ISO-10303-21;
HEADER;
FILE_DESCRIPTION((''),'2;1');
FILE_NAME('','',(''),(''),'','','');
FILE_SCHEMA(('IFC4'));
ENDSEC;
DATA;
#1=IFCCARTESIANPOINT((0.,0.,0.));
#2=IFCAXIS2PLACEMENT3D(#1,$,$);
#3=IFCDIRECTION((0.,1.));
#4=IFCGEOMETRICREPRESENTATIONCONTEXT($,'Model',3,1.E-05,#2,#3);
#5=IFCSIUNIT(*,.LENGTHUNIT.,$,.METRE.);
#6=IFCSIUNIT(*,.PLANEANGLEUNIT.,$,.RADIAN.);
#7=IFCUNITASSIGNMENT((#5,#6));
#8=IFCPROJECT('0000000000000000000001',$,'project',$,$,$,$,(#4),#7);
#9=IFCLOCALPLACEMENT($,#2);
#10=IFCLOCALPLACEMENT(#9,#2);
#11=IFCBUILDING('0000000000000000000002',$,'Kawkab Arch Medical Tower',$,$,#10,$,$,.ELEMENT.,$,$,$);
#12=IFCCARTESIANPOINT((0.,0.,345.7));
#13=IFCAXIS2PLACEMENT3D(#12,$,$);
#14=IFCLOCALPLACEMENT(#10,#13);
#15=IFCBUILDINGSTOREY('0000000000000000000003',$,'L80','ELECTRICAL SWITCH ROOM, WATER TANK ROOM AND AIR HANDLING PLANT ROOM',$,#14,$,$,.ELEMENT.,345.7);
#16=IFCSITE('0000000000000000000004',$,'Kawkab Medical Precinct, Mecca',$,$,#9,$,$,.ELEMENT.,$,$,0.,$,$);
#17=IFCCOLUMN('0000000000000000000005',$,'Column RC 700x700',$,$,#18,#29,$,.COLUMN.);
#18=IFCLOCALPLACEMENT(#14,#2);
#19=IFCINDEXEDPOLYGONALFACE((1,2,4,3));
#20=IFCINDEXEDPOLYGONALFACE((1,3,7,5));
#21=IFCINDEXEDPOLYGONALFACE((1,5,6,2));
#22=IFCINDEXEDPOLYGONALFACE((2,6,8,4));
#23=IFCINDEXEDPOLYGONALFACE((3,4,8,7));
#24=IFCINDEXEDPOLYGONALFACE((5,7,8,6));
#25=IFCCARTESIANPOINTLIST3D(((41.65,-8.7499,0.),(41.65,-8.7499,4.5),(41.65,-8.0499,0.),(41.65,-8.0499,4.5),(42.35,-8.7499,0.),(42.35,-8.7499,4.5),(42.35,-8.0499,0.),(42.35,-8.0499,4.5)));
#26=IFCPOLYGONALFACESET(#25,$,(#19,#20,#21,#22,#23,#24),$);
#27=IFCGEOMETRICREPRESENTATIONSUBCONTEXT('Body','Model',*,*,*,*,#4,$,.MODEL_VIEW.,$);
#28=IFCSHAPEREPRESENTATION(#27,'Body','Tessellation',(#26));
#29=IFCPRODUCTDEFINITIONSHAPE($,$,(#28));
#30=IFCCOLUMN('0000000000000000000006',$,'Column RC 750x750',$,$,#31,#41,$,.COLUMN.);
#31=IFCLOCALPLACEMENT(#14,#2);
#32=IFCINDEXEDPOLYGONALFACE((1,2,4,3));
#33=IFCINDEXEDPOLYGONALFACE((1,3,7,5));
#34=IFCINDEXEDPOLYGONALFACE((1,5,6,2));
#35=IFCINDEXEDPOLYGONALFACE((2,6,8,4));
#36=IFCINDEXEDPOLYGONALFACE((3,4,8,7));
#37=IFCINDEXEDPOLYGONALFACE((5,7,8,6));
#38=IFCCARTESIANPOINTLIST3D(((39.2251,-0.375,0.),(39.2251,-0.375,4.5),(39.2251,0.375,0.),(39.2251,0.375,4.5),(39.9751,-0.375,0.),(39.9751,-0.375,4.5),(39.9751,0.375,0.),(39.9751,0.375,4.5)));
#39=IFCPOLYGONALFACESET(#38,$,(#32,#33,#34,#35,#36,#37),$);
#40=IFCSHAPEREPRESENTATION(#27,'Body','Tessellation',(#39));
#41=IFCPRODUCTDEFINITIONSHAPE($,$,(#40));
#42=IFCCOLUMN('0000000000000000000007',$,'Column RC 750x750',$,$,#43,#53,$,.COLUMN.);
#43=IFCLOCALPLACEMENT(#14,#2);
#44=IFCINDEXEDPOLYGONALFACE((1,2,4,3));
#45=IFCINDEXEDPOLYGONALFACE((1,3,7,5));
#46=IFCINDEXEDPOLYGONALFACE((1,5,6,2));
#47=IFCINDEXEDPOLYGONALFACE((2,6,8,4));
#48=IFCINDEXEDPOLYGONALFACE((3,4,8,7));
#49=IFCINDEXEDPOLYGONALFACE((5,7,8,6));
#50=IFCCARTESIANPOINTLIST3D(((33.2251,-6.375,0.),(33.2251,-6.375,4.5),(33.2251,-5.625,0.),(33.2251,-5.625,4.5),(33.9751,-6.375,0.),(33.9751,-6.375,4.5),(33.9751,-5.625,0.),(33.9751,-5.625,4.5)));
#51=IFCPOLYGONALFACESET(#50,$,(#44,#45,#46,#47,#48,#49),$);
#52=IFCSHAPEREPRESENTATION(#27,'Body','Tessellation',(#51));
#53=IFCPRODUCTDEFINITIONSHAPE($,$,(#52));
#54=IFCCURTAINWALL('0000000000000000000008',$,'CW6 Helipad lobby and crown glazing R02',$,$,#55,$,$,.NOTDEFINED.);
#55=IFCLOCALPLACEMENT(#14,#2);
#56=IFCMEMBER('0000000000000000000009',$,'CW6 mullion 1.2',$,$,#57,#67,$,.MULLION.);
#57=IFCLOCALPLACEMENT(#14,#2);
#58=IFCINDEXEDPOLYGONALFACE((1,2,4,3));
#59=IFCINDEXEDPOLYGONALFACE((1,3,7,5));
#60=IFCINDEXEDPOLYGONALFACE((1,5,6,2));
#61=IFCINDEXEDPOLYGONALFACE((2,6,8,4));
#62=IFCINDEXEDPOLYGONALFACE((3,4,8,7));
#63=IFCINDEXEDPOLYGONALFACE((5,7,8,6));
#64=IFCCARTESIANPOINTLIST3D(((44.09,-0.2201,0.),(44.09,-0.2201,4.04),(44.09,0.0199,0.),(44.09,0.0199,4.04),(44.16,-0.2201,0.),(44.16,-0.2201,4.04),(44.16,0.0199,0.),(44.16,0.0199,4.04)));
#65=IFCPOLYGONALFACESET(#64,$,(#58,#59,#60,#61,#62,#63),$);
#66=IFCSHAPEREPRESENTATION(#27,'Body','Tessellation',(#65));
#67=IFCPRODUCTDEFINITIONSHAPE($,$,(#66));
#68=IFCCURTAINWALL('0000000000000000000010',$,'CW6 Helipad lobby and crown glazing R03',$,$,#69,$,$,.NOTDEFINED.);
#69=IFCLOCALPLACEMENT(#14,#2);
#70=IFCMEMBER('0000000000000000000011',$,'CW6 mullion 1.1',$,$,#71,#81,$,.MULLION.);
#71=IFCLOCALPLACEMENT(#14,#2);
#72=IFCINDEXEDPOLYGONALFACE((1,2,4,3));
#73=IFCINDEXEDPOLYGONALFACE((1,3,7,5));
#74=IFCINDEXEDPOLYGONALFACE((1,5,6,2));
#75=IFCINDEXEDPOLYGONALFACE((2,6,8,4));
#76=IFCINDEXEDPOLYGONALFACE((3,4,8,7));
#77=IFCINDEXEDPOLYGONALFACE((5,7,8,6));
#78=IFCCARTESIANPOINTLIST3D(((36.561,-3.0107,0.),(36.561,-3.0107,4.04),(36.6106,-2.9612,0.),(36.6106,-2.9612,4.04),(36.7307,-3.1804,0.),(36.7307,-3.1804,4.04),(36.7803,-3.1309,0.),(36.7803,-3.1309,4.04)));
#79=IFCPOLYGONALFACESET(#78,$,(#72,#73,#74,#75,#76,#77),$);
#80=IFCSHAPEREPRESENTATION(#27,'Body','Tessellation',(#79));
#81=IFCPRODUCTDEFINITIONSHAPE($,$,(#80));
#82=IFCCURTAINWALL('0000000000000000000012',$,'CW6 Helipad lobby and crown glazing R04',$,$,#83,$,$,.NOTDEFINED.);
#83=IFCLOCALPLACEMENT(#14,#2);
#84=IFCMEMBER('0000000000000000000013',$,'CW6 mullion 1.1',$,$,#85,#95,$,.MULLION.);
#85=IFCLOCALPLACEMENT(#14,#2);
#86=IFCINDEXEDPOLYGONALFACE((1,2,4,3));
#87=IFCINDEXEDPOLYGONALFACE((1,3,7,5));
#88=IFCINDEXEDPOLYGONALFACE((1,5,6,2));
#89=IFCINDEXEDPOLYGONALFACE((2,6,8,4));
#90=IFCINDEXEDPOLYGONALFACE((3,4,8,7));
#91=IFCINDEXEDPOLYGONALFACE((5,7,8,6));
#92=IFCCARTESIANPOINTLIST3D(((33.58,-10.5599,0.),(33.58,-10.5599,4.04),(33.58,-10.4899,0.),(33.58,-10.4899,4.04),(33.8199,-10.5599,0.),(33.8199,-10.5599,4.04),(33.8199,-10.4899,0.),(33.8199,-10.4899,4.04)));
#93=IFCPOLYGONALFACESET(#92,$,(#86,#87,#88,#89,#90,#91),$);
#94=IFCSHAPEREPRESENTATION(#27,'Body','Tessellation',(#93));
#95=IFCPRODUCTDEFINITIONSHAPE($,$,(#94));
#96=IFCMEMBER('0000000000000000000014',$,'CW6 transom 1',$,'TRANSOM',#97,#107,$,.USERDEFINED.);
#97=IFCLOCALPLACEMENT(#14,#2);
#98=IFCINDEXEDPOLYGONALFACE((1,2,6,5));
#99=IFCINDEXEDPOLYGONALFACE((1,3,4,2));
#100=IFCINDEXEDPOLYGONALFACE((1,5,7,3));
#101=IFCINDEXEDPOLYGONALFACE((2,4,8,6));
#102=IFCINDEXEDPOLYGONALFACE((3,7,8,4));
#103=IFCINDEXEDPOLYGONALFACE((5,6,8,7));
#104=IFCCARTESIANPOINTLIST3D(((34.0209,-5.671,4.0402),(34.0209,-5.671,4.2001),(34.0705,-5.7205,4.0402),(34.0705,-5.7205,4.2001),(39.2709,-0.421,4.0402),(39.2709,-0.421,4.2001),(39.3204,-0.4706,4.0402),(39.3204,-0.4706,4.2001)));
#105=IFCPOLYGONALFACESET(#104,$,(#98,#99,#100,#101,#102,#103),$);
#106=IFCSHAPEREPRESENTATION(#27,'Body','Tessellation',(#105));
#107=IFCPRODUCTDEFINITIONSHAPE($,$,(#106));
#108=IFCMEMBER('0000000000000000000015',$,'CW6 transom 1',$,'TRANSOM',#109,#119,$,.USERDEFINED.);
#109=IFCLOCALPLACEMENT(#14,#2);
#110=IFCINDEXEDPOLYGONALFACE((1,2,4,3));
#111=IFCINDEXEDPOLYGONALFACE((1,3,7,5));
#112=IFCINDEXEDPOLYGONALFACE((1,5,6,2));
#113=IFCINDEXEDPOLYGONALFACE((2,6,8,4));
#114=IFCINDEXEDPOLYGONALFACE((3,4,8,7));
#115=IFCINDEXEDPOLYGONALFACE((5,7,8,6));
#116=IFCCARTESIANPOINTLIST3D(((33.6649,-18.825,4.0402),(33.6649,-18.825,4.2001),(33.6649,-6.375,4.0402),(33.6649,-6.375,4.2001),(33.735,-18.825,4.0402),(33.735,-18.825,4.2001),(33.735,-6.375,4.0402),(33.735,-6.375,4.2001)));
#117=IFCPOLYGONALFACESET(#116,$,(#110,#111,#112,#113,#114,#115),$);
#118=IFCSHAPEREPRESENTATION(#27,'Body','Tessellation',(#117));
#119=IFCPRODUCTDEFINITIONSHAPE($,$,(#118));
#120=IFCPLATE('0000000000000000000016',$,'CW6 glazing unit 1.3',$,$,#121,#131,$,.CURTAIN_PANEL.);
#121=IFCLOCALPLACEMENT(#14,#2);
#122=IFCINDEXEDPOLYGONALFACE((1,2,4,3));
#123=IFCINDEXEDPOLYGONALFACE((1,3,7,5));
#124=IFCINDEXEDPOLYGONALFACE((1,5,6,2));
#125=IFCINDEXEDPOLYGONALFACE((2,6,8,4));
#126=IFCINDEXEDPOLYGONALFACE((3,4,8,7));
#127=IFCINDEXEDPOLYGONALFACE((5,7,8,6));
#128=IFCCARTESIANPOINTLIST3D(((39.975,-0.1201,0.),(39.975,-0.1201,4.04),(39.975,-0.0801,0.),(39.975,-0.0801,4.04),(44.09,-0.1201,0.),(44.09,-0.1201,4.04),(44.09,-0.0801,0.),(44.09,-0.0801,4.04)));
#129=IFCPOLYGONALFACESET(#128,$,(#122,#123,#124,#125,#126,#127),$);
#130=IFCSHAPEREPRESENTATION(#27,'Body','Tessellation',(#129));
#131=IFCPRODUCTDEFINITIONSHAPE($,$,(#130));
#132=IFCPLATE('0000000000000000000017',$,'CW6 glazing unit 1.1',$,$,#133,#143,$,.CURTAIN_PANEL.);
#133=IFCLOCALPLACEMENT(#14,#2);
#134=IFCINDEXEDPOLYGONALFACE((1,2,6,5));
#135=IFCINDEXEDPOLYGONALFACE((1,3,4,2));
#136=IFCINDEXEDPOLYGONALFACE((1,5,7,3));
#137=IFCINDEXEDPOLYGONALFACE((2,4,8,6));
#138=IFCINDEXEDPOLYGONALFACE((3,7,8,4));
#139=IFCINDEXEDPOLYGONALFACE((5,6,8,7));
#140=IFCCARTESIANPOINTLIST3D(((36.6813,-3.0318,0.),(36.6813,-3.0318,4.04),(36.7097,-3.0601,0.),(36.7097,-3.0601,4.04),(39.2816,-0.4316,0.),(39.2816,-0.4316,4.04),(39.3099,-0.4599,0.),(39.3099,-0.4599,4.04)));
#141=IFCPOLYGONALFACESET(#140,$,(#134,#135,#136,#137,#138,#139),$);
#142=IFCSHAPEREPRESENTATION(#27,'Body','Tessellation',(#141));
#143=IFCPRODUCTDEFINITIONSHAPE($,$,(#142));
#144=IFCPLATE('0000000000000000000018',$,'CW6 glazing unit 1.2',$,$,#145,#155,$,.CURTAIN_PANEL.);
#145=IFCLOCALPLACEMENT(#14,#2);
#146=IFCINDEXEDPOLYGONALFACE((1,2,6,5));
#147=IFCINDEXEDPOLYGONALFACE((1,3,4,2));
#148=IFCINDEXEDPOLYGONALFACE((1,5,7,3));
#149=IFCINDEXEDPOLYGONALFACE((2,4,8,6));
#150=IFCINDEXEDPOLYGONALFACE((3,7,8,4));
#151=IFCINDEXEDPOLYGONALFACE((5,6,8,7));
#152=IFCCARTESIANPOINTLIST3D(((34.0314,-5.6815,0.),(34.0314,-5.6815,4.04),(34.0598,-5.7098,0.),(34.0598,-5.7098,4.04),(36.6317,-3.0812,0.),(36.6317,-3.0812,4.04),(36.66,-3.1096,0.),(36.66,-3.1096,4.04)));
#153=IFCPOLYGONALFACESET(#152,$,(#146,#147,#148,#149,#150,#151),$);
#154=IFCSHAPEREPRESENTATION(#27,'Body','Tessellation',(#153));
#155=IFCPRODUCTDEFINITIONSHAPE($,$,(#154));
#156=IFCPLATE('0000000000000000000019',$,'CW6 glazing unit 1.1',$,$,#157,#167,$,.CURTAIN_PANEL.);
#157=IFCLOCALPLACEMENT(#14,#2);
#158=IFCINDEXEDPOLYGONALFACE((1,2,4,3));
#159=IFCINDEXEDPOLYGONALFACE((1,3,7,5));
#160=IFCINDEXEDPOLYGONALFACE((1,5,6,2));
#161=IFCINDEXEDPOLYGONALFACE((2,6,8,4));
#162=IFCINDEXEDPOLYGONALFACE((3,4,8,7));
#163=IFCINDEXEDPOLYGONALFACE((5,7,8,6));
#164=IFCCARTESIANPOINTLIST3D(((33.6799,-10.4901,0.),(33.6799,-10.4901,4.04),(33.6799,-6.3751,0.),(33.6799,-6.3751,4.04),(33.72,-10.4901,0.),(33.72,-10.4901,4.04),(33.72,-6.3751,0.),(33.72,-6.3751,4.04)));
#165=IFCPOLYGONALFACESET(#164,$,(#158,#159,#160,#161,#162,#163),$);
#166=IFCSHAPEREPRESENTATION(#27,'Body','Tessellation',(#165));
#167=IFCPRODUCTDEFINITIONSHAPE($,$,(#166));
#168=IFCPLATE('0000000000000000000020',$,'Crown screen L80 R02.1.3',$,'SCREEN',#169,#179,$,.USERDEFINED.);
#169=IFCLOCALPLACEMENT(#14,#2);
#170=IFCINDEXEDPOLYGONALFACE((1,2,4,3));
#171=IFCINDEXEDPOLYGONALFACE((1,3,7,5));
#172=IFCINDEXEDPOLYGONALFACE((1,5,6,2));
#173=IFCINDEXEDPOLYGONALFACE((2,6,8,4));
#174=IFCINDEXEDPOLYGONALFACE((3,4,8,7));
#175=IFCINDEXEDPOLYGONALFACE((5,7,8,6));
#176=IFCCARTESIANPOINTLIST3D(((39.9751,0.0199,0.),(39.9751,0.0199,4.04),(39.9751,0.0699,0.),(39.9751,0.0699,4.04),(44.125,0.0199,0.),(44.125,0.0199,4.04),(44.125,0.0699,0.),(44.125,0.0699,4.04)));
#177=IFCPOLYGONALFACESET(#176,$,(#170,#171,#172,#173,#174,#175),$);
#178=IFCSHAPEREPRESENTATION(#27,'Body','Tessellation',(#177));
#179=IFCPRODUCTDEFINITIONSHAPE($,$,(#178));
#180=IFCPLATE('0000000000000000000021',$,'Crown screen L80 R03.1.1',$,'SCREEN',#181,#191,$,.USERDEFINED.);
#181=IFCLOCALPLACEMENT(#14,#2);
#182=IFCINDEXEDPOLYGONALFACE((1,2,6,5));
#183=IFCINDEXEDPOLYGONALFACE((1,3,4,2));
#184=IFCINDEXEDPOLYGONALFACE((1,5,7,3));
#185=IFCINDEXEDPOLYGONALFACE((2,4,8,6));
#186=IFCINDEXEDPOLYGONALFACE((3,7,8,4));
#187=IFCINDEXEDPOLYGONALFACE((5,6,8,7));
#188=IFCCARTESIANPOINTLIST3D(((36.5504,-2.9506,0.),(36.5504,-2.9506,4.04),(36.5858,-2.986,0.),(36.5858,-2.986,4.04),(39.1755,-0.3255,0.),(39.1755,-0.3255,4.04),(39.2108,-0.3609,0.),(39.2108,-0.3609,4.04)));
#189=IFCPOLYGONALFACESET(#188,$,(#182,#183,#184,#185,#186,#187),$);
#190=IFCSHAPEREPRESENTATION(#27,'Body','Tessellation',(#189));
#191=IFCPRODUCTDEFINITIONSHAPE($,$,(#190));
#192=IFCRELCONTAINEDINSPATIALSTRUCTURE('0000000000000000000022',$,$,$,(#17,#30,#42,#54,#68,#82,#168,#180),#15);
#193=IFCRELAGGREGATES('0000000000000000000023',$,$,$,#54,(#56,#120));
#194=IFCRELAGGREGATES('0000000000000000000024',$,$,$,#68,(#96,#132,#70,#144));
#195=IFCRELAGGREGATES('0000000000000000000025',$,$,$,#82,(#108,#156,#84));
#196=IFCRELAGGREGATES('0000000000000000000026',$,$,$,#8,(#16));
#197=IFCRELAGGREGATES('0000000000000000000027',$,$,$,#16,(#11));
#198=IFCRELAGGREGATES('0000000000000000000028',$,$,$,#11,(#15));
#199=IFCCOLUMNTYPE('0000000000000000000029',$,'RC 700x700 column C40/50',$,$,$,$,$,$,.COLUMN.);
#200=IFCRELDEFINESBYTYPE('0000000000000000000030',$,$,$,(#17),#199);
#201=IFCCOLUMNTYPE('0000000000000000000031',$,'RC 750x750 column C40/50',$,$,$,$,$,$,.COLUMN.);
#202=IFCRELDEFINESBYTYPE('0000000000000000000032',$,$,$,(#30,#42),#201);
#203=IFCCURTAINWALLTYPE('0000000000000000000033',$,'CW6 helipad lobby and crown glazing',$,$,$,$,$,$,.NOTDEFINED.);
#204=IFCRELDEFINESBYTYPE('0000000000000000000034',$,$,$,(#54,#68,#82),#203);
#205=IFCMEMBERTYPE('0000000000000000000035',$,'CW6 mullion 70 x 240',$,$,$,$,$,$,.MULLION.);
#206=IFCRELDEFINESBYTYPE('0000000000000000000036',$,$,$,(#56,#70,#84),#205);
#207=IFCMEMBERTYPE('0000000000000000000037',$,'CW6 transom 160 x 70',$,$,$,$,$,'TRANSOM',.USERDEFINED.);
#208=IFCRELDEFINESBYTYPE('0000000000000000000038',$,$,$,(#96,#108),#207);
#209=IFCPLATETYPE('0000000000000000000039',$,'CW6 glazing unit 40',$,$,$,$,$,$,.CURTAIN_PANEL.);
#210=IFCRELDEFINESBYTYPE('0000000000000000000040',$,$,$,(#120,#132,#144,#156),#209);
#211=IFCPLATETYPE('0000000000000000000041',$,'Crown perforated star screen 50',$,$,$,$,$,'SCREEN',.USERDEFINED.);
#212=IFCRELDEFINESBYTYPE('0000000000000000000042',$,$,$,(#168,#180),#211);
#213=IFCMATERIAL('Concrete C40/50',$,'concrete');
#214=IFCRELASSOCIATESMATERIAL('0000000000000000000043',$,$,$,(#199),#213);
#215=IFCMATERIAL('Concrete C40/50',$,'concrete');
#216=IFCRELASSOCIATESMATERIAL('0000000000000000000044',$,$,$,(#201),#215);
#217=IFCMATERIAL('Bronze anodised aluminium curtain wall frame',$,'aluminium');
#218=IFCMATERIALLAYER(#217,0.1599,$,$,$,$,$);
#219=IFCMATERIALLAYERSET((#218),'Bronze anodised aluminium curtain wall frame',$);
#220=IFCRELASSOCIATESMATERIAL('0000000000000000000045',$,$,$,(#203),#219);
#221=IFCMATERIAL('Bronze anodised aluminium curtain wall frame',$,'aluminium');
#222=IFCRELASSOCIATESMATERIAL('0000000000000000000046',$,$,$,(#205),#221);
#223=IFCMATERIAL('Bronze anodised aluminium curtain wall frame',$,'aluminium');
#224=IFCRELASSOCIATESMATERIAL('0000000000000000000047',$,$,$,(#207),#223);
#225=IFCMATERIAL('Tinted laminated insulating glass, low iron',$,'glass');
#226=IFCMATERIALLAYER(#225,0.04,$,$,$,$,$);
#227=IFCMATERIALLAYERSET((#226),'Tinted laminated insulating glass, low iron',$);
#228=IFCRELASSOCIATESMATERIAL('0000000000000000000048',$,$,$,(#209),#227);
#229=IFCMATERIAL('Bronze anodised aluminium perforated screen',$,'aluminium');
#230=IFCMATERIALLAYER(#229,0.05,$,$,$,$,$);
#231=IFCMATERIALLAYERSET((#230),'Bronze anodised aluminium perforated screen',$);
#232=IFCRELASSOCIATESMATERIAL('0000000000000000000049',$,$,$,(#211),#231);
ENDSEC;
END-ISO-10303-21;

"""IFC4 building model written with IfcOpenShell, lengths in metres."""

from ifc_helpers import new_model, si_unit, direction, frame, origin, origin_2d, place, context, subcontext, project, spatial, rectangle, extrude, material, layer, layer_set, material_profile, profile_set, type_object, element, aggregate, save


model = new_model("IFC4")

# Units and contexts
model_context = context("Model", 3, precision=1e-05, world=origin(), true_north=direction((0.0, 1.0)))
body_context = subcontext(model_context, "Body", "Model", "MODEL_VIEW")
ifc_project = project(units=[si_unit("LENGTHUNIT", "METRE"), si_unit("PLANEANGLEUNIT", "RADIAN")], contexts=[model_context])

# Site, building, storey
site_placement = place(None, origin())
site = spatial("IfcSite", under=ifc_project, at=site_placement, Name="Kawkab Medical Precinct, Mecca", CompositionType="ELEMENT", RefElevation=0.0)
building_placement = place(site_placement, origin())
building = spatial("IfcBuilding", under=site, at=building_placement, Name="Kawkab Arch Medical Tower", CompositionType="ELEMENT")
storey_placement = place(building_placement, frame((0.0, 0.0, 345.7)))
storey = spatial("IfcBuildingStorey", under=building, at=storey_placement, Name="L80", Description="ELECTRICAL SWITCH ROOM, WATER TANK ROOM AND AIR HANDLING PLANT ROOM", CompositionType="ELEMENT", Elevation=345.7)

# Columns
ifc_material_1 = material(Name="Concrete C40/50", Category="concrete")
ifc_material_profile_1 = material_profile(ifc_material_1, rectangle(XDim=0.7, YDim=0.7, at=origin_2d()), Name="RC 700x700")
ifc_profile_set_1 = profile_set([ifc_material_profile_1], Name="Concrete C40/50")
column_type_1 = type_object("IfcColumnType", Name="RC 700x700 column C40/50", PredefinedType="COLUMN", material=ifc_profile_set_1)
column_placement = place(storey_placement, frame((42.0, -8.3999, 0.0), z_axis=(0.0, 0.0, 1.0), x_axis=(1.0, 0.0, 0.0)))
element("IfcColumn", 1, at=column_placement, inside=storey, type_object=column_type_1, Name="Column RC 700x700", PredefinedType="COLUMN", context=body_context, shape_type="SweptSolid", body=[
    extrude(rectangle(XDim=0.7, YDim=0.7, at=origin_2d()), origin(), (0.0, 0.0, 1.0), 4.5),
])
ifc_material_2 = material(Name="Concrete C40/50", Category="concrete")
ifc_material_profile_2 = material_profile(ifc_material_2, rectangle(XDim=0.75, YDim=0.75, at=origin_2d()), Name="RC 750x750")
ifc_profile_set_2 = profile_set([ifc_material_profile_2], Name="Concrete C40/50")
column_type_2 = type_object("IfcColumnType", Name="RC 750x750 column C40/50", PredefinedType="COLUMN", material=ifc_profile_set_2)
for number, where, z_axis, x_axis, name in (
    (2, (39.6001, 0.0, 0.0), (0.0, 0.0, 1.0), (1.0, 0.0, 0.0), "Column RC 750x750"),
    (3, (33.6001, -6.0, 0.0), (0.0, 0.0, 1.0), (1.0, 0.0, 0.0), "Column RC 750x750"),
):
    element("IfcColumn", number, at=place(storey_placement, frame(where, z_axis=z_axis, x_axis=x_axis)), inside=storey, type_object=column_type_2, Name=name, PredefinedType="COLUMN", context=body_context, shape_type="SweptSolid", body=[
        extrude(rectangle(XDim=0.75, YDim=0.75, at=origin_2d()), origin(), (0.0, 0.0, 1.0), 4.5),
    ])

# Curtain walls, members
ifc_material_3 = material(Name="Bronze anodised aluminium curtain wall frame", Category="aluminium")
ifc_layer_1 = layer(ifc_material_3, 0.1599)
ifc_layer_set_1 = layer_set([ifc_layer_1], Name="Bronze anodised aluminium curtain wall frame")
curtain_wall_type = type_object("IfcCurtainWallType", Name="CW6 helipad lobby and crown glazing", PredefinedType="NOTDEFINED", material=ifc_layer_set_1)
placement = place(storey_placement, origin())
curtain_wall_1 = element("IfcCurtainWall", 4, at=placement, inside=storey, type_object=curtain_wall_type, Name="CW6 Helipad lobby and crown glazing R02", PredefinedType="NOTDEFINED")
ifc_material_4 = material(Name="Bronze anodised aluminium curtain wall frame", Category="aluminium")
ifc_material_profile_3 = material_profile(ifc_material_4, rectangle(XDim=0.24, YDim=0.0701, at=origin_2d()), Name="AL 70x240")
ifc_profile_set_3 = profile_set([ifc_material_profile_3], Name="Bronze anodised aluminium curtain wall frame")
member_type_1 = type_object("IfcMemberType", Name="CW6 mullion 70 x 240", PredefinedType="MULLION", material=ifc_profile_set_3)
member_1_placement = place(storey_placement, frame((44.125, -0.1001, 0.0), z_axis=(0.0, 0.0, 1.0), x_axis=(0.0, -1.0, 0.0)))
member_1 = element("IfcMember", 5, at=member_1_placement, type_object=member_type_1, Name="CW6 mullion 1.2", PredefinedType="MULLION", context=body_context, shape_type="SweptSolid", body=[
    extrude(rectangle(XDim=0.24, YDim=0.0701, at=origin_2d()), origin(), (0.0, 0.0, 1.0), 4.04),
])
curtain_wall_2 = element("IfcCurtainWall", 6, at=placement, inside=storey, type_object=curtain_wall_type, Name="CW6 Helipad lobby and crown glazing R03", PredefinedType="NOTDEFINED")
member_2_placement = place(storey_placement, frame((36.6707, -3.0708, 0.0), z_axis=(0.0, 0.0, 1.0), x_axis=(0.707107, -0.707107, 0.0)))
member_2 = element("IfcMember", 7, at=member_2_placement, type_object=member_type_1, Name="CW6 mullion 1.1", PredefinedType="MULLION", context=body_context, shape_type="SweptSolid", body=[
    extrude(rectangle(XDim=0.24, YDim=0.0701, at=origin_2d()), origin(), (0.0, 0.0, 1.0), 4.04),
])
curtain_wall_3 = element("IfcCurtainWall", 8, at=placement, inside=storey, type_object=curtain_wall_type, Name="CW6 Helipad lobby and crown glazing R04", PredefinedType="NOTDEFINED")
member_3_placement = place(storey_placement, frame((33.7, -10.5249, 0.0), z_axis=(0.0, 0.0, 1.0), x_axis=(1.0, 0.0, 0.0)))
member_3 = element("IfcMember", 9, at=member_3_placement, type_object=member_type_1, Name="CW6 mullion 1.1", PredefinedType="MULLION", context=body_context, shape_type="SweptSolid", body=[
    extrude(rectangle(XDim=0.24, YDim=0.0701, at=origin_2d()), origin(), (0.0, 0.0, 1.0), 4.04),
])

# Members
ifc_material_5 = material(Name="Bronze anodised aluminium curtain wall frame", Category="aluminium")
ifc_material_profile_4 = material_profile(ifc_material_5, rectangle(XDim=0.0701, YDim=0.1599, at=origin_2d()), Name="AL 70x160")
ifc_profile_set_4 = profile_set([ifc_material_profile_4], Name="Bronze anodised aluminium curtain wall frame")
member_type_2 = type_object("IfcMemberType", Name="CW6 transom 160 x 70", ElementType="TRANSOM", PredefinedType="USERDEFINED", material=ifc_profile_set_4)
member_4_placement = place(storey_placement, frame((39.2957, -0.4458, 4.1201), z_axis=(-0.707107, -0.707107, 0.0), x_axis=(0.707107, -0.707107, 0.0)))
member_4 = element("IfcMember", 10, at=member_4_placement, type_object=member_type_2, Name="CW6 transom 1", ObjectType="TRANSOM", PredefinedType="USERDEFINED", context=body_context, shape_type="SweptSolid", body=[
    extrude(rectangle(XDim=0.0701, YDim=0.1599, at=origin_2d()), origin(), (0.0, 0.0, 1.0), 7.4246),
])
member_5_placement = place(storey_placement, frame((33.7, -6.375, 4.1201), z_axis=(0.0, -1.0, 0.0), x_axis=(1.0, 0.0, 0.0)))
member_5 = element("IfcMember", 11, at=member_5_placement, type_object=member_type_2, Name="CW6 transom 1", ObjectType="TRANSOM", PredefinedType="USERDEFINED", context=body_context, shape_type="SweptSolid", body=[
    extrude(rectangle(XDim=0.0701, YDim=0.1599, at=origin_2d()), origin(), (0.0, 0.0, 1.0), 12.45),
])

# Plates
ifc_material_6 = material(Name="Tinted laminated insulating glass, low iron", Category="glass")
ifc_layer_2 = layer(ifc_material_6, 0.04)
ifc_layer_set_2 = layer_set([ifc_layer_2], Name="Tinted laminated insulating glass, low iron")
plate_type_1 = type_object("IfcPlateType", Name="CW6 glazing unit 40", PredefinedType="CURTAIN_PANEL", material=ifc_layer_set_2)
plate_1_placement = place(storey_placement, frame((42.0325, -0.1001, 0.0), z_axis=(0.0, 0.0, 1.0), x_axis=(-1.0, 0.0, 0.0)))
plate_1 = element("IfcPlate", 12, at=plate_1_placement, type_object=plate_type_1, Name="CW6 glazing unit 1.3", PredefinedType="CURTAIN_PANEL", context=body_context, shape_type="SweptSolid", body=[
    extrude(rectangle(XDim=4.115, YDim=0.04, at=origin_2d()), origin(), (0.0, 0.0, 1.0), 4.04),
])
aggregate(curtain_wall_1, [member_1, plate_1])
plate_2_placement = place(storey_placement, frame((37.9956, -1.7458, 0.0), z_axis=(0.0, 0.0, 1.0), x_axis=(-0.707107, -0.707107, 0.0)))
plate_2 = element("IfcPlate", 13, at=plate_2_placement, type_object=plate_type_1, Name="CW6 glazing unit 1.1", PredefinedType="CURTAIN_PANEL", context=body_context, shape_type="SweptSolid", body=[
    extrude(rectangle(XDim=3.6772, YDim=0.04, at=origin_2d()), origin(), (0.0, 0.0, 1.0), 4.04),
])
plate_3_placement = place(storey_placement, frame((35.3457, -4.3955, 0.0), z_axis=(0.0, 0.0, 1.0), x_axis=(-0.707107, -0.707107, 0.0)))
plate_3 = element("IfcPlate", 14, at=plate_3_placement, type_object=plate_type_1, Name="CW6 glazing unit 1.2", PredefinedType="CURTAIN_PANEL", context=body_context, shape_type="SweptSolid", body=[
    extrude(rectangle(XDim=3.6772, YDim=0.04, at=origin_2d()), origin(), (0.0, 0.0, 1.0), 4.04),
])
aggregate(curtain_wall_2, [member_4, plate_2, member_2, plate_3])
plate_4_placement = place(storey_placement, frame((33.7, -8.4326, 0.0), z_axis=(0.0, 0.0, 1.0), x_axis=(0.0, -1.0, 0.0)))
plate_4 = element("IfcPlate", 15, at=plate_4_placement, type_object=plate_type_1, Name="CW6 glazing unit 1.1", PredefinedType="CURTAIN_PANEL", context=body_context, shape_type="SweptSolid", body=[
    extrude(rectangle(XDim=4.115, YDim=0.04, at=origin_2d()), origin(), (0.0, 0.0, 1.0), 4.04),
])
aggregate(curtain_wall_3, [member_5, plate_4, member_3])

# Plates
ifc_material_7 = material(Name="Bronze anodised aluminium perforated screen", Category="aluminium")
ifc_layer_3 = layer(ifc_material_7, 0.05)
ifc_layer_set_3 = layer_set([ifc_layer_3], Name="Bronze anodised aluminium perforated screen")
plate_type_2 = type_object("IfcPlateType", Name="Crown perforated star screen 50", ElementType="SCREEN", PredefinedType="USERDEFINED", material=ifc_layer_set_3)
plate_5_placement = place(storey_placement, frame((42.05, 0.0449, 0.0), z_axis=(0.0, 0.0, 1.0), x_axis=(-1.0, 0.0, 0.0)))
element("IfcPlate", 16, at=plate_5_placement, inside=storey, type_object=plate_type_2, Name="Crown screen L80 R02.1.3", ObjectType="SCREEN", PredefinedType="USERDEFINED", context=body_context, shape_type="SweptSolid", body=[
    extrude(rectangle(XDim=4.1499, YDim=0.05, at=origin_2d()), origin(), (0.0, 0.0, 1.0), 4.04),
])
for number, where, z_axis, x_axis, name in (
    (17, (37.8806, -1.6558, 0.0), (0.0, 0.0, 1.0), (-0.707107, -0.707107, 0.0), "Crown screen L80 R03.1.1"),
):
    element("IfcPlate", number, at=place(storey_placement, frame(where, z_axis=z_axis, x_axis=x_axis)), inside=storey, type_object=plate_type_2, Name=name, ObjectType="SCREEN", PredefinedType="USERDEFINED", context=body_context, shape_type="SweptSolid", body=[
        extrude(rectangle(XDim=3.7124, YDim=0.05, at=origin_2d()), origin(), (0.0, 0.0, 1.0), 4.04),
    ])

save(model, "model.ifc")
